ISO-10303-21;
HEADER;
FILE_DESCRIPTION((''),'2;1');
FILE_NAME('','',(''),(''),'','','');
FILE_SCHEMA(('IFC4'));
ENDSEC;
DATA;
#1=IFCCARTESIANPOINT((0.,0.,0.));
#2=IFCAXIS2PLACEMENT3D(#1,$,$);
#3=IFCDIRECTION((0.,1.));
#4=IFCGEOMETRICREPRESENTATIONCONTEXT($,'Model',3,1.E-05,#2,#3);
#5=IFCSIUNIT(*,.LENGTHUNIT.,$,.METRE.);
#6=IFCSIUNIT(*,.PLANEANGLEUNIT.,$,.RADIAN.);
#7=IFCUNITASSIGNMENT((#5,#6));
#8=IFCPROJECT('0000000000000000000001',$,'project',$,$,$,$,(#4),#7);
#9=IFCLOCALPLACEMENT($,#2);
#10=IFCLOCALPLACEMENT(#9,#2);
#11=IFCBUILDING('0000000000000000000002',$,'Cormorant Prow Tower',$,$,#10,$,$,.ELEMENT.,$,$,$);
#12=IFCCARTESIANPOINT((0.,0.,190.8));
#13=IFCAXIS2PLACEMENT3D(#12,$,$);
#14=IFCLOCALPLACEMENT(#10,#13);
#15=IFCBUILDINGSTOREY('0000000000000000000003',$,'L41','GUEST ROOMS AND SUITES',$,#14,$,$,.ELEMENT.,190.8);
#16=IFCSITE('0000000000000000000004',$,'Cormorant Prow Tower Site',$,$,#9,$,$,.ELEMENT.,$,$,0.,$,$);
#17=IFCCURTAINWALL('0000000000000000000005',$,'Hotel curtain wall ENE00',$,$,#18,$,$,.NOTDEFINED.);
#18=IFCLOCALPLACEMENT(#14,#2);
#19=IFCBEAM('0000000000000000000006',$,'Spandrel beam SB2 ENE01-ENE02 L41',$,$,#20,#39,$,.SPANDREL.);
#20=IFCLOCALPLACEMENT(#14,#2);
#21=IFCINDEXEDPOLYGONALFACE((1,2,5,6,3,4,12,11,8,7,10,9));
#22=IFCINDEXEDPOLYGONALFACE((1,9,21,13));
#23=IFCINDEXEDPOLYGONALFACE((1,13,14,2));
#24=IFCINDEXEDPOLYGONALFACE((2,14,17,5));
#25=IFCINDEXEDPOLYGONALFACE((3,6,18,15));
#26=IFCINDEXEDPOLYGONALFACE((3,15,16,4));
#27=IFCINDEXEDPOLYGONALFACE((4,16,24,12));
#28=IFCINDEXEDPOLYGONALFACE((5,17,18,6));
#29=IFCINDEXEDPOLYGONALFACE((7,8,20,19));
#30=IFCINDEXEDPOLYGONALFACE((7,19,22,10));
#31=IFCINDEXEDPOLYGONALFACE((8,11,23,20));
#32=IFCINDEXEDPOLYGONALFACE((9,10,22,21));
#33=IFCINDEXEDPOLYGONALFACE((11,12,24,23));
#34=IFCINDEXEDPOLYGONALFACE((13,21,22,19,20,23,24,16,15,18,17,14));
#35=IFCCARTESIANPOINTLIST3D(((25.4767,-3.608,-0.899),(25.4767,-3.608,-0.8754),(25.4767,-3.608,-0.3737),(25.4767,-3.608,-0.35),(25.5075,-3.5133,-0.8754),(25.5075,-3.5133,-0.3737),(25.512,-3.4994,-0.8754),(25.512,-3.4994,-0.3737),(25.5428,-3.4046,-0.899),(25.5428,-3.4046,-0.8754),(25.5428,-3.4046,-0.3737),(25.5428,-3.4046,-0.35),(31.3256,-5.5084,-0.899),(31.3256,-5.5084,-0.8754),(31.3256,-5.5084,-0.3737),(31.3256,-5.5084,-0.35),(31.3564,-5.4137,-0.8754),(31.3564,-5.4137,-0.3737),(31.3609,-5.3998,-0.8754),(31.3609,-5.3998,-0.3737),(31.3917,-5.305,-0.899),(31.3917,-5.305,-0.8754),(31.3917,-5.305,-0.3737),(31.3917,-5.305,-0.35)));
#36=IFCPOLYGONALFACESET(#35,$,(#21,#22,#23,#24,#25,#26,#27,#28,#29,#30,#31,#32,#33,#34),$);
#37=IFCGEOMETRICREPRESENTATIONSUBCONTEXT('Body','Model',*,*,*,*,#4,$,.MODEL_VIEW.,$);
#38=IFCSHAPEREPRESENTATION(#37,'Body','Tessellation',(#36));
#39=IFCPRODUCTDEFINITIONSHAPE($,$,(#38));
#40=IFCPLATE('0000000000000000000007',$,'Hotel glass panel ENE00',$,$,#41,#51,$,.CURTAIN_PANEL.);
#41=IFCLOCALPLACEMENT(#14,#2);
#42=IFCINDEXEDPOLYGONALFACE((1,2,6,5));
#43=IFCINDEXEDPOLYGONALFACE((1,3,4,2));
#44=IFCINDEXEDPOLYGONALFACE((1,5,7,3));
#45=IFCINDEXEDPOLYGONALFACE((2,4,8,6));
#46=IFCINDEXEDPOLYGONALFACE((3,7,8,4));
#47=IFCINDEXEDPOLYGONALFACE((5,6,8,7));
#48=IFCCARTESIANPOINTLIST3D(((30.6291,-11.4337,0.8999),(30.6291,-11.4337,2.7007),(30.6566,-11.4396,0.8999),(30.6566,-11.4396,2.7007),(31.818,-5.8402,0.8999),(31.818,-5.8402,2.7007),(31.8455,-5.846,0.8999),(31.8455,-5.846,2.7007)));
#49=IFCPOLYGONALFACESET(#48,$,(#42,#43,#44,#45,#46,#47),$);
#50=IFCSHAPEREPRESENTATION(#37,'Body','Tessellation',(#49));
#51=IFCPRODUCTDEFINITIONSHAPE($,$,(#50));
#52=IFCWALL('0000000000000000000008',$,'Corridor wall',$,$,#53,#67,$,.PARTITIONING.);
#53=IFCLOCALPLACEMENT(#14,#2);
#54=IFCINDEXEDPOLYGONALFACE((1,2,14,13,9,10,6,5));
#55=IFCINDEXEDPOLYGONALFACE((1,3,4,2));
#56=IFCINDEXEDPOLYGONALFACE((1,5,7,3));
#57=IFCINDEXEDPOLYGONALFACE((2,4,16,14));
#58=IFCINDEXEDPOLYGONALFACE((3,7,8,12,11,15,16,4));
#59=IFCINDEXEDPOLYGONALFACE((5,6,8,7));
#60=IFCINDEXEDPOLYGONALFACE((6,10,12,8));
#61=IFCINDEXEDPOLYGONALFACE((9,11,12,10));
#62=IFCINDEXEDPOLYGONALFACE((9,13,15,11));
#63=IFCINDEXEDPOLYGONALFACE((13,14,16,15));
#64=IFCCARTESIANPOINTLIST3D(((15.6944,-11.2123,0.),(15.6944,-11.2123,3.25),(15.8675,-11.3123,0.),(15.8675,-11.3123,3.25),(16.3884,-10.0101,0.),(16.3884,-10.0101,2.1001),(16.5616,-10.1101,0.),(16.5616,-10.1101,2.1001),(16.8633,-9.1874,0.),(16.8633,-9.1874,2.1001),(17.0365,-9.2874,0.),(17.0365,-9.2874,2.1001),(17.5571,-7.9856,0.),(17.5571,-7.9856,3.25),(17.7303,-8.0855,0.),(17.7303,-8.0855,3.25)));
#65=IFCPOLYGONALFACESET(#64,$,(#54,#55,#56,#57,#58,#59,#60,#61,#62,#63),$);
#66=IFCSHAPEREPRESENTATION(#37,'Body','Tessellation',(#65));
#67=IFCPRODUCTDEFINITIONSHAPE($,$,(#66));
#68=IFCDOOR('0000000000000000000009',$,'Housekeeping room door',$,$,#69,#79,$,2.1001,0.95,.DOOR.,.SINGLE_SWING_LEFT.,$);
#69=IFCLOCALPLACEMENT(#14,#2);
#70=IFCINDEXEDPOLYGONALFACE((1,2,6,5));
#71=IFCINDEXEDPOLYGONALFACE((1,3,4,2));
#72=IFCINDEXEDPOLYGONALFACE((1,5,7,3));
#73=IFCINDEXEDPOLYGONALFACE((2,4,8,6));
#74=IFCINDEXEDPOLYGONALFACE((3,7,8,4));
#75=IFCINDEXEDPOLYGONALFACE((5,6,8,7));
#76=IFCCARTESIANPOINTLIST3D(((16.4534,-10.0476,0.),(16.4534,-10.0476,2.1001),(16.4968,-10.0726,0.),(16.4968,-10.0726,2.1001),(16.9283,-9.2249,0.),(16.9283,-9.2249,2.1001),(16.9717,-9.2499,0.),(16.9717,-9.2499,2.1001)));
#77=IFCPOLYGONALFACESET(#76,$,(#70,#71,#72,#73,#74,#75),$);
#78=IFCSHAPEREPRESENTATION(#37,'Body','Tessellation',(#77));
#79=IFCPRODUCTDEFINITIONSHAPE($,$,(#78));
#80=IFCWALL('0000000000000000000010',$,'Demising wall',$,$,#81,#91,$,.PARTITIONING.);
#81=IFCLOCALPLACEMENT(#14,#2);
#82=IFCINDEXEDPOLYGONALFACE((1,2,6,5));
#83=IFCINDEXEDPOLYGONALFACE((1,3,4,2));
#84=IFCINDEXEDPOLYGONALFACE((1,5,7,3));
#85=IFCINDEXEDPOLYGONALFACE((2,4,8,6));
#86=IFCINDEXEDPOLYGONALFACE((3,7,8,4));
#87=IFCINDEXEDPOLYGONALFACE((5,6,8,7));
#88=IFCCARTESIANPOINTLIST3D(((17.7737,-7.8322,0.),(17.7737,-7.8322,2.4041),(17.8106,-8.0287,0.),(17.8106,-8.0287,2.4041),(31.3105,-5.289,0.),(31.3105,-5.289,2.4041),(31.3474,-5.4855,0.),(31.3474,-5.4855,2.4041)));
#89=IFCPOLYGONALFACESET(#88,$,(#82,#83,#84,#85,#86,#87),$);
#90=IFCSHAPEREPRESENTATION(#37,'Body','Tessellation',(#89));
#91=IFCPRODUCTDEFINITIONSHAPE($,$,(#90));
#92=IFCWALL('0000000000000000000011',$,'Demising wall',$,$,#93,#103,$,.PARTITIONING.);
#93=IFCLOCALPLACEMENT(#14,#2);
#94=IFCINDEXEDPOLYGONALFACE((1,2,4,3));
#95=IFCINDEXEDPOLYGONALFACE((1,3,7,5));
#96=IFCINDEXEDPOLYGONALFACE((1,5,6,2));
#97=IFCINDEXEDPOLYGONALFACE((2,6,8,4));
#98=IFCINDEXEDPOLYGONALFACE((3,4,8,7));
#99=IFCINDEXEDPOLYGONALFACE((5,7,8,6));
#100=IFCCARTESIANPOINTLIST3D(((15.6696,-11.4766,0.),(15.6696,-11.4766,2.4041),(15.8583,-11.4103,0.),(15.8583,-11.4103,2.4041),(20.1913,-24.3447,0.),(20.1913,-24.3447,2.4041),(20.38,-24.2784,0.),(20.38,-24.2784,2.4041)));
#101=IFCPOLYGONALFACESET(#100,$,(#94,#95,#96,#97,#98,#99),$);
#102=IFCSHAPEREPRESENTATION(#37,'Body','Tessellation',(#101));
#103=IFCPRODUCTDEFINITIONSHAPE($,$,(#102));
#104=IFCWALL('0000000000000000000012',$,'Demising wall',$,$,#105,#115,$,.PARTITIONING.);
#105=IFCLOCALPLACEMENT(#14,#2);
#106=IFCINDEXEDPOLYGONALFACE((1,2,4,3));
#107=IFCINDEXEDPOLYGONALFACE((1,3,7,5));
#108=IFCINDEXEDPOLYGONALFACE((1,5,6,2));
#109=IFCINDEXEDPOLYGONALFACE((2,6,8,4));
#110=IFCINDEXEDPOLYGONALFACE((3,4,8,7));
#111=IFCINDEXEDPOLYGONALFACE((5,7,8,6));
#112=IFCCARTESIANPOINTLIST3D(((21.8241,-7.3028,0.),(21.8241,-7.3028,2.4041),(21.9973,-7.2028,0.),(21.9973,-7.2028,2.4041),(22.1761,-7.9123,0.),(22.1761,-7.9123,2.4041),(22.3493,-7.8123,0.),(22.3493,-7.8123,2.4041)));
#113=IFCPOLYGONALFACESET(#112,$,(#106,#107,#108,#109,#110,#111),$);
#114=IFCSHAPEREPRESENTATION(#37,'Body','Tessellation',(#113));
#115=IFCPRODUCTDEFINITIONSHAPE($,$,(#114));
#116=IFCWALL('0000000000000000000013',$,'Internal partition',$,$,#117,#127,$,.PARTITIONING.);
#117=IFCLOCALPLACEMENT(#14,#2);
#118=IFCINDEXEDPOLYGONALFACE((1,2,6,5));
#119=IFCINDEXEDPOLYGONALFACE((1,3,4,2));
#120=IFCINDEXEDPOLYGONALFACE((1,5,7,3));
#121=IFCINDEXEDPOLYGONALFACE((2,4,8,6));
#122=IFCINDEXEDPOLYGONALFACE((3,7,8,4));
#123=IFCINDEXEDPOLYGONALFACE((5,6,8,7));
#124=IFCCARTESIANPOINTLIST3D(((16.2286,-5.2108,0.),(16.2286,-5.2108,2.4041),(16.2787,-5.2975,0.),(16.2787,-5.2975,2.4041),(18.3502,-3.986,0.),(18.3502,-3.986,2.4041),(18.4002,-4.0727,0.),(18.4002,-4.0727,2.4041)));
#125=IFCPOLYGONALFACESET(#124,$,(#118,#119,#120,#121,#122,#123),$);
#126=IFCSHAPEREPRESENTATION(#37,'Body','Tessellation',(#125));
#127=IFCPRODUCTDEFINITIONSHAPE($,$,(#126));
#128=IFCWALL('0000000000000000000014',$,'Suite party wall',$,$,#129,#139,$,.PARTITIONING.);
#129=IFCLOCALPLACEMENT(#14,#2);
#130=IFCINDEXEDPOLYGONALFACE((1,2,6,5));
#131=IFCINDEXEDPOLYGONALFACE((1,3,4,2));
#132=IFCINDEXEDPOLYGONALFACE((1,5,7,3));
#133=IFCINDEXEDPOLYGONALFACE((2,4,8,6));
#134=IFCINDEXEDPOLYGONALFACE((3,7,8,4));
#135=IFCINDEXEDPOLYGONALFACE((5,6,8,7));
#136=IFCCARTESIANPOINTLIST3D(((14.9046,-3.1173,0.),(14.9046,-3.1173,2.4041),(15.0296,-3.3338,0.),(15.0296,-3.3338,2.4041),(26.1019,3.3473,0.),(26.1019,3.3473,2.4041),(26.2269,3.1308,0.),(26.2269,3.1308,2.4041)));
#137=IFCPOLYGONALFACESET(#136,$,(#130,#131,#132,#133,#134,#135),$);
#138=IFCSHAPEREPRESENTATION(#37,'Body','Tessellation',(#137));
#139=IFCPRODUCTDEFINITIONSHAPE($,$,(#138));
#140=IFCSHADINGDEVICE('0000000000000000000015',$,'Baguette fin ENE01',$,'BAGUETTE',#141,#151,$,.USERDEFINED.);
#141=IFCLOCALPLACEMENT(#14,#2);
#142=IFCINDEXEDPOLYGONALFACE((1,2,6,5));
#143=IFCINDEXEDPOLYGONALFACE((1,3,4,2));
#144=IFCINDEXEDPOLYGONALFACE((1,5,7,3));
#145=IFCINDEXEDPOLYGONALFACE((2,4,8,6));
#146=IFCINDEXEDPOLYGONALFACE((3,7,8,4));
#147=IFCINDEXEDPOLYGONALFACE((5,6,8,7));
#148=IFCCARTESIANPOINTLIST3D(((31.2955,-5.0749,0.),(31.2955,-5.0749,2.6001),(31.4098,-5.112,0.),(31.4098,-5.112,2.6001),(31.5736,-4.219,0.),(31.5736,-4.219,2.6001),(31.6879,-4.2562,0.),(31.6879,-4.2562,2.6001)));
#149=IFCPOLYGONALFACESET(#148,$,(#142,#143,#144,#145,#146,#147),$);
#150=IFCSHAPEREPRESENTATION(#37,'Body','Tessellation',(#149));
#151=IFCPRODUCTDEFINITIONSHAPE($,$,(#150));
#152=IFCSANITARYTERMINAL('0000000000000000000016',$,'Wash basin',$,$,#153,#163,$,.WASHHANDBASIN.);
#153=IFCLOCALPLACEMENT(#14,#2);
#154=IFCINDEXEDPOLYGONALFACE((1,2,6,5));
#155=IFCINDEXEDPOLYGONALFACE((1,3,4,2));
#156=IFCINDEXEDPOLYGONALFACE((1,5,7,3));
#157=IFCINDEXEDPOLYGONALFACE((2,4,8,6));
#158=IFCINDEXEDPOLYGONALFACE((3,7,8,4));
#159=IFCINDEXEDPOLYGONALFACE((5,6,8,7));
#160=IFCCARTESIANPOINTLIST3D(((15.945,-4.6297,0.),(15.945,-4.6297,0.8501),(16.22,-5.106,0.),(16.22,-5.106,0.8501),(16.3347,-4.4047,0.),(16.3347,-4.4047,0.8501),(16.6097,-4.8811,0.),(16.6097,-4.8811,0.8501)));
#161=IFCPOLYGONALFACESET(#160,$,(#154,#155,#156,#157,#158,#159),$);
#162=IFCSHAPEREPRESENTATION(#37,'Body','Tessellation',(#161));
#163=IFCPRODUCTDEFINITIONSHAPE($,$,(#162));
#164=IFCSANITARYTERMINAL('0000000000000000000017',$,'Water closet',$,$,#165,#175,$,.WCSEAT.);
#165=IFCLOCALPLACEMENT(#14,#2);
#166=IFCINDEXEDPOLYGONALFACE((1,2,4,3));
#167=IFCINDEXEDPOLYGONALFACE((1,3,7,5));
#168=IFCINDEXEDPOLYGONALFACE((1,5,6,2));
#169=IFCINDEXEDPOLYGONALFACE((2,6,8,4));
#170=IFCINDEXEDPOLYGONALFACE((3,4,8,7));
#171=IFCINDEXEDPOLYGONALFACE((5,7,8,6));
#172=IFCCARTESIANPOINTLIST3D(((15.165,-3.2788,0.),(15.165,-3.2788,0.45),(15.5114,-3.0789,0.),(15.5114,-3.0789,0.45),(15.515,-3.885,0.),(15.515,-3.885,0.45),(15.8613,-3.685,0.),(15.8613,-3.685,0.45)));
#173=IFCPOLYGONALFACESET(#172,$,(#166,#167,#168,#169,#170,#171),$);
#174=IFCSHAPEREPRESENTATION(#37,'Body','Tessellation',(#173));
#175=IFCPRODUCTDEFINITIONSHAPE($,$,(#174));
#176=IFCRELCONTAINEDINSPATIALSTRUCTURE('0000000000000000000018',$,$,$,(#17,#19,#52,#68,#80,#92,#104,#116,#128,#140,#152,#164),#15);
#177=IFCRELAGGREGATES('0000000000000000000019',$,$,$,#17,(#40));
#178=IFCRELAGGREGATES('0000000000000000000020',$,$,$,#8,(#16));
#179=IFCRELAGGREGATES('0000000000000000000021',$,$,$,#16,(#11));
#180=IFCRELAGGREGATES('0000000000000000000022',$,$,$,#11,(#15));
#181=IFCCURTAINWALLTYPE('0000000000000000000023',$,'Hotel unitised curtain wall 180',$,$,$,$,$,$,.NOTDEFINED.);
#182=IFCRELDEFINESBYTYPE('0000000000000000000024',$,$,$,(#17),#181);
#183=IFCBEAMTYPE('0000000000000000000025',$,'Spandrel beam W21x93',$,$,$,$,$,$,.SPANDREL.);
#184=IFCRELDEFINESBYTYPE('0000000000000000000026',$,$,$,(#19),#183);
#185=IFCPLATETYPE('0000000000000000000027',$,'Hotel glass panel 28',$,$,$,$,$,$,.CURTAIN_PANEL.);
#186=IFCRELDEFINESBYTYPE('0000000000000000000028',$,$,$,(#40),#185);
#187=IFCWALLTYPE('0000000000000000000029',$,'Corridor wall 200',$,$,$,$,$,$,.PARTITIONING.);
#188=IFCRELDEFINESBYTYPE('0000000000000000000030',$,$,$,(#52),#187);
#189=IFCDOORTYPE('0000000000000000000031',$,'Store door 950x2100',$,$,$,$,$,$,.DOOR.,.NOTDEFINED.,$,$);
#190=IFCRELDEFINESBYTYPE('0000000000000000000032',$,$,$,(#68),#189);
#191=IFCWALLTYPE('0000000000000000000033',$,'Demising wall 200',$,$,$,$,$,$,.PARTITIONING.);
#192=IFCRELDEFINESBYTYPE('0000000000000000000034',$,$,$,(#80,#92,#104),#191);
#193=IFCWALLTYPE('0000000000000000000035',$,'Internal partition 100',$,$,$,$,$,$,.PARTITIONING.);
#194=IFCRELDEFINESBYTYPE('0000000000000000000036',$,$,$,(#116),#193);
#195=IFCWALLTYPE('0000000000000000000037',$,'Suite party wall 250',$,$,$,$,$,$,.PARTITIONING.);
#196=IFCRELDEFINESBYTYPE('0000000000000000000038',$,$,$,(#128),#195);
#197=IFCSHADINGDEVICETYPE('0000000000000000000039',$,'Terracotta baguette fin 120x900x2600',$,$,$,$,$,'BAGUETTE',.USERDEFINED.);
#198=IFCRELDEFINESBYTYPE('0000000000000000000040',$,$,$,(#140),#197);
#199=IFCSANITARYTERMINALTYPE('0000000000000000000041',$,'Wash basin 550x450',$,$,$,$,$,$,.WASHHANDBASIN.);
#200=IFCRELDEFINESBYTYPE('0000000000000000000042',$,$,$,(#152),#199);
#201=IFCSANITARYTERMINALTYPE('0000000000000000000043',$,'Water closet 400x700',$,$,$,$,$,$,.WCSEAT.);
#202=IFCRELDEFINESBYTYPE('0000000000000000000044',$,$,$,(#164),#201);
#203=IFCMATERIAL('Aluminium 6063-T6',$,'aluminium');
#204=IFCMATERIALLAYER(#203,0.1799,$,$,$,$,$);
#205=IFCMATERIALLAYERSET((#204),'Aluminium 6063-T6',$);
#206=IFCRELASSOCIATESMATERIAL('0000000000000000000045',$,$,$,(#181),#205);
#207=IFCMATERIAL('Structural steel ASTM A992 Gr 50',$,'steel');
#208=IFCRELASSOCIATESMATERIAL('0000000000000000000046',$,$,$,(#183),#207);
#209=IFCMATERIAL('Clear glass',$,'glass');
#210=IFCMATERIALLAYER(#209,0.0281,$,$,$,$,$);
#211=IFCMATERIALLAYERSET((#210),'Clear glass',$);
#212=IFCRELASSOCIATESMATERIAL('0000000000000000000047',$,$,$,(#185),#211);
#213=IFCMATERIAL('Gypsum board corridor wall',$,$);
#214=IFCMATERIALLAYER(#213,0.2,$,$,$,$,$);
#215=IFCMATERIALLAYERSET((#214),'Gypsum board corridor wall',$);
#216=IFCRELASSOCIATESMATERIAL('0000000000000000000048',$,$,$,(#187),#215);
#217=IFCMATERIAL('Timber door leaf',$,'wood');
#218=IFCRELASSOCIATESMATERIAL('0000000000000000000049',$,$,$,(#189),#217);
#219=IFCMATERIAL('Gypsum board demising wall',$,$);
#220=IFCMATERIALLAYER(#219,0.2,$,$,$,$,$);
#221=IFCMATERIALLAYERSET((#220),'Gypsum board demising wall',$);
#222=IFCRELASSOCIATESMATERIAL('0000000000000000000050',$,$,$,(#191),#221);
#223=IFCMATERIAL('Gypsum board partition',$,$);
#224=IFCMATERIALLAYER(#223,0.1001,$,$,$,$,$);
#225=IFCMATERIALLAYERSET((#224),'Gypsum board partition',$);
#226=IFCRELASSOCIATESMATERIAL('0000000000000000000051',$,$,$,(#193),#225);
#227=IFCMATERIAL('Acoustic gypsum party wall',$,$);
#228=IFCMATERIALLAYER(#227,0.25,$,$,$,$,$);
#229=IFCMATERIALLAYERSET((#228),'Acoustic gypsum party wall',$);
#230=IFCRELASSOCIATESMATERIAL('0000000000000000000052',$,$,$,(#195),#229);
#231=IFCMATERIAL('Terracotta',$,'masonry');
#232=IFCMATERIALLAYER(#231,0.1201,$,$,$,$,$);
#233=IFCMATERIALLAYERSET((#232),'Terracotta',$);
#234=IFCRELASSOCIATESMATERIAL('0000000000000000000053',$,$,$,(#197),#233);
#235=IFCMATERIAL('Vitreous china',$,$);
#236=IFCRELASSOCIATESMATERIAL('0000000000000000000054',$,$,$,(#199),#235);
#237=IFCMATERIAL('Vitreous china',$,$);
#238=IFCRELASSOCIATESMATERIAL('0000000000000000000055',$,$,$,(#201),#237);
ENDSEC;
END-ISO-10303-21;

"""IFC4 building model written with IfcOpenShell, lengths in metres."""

from ifc_helpers import new_model, si_unit, direction, frame, frame_2d, origin, origin_2d, place, context, subcontext, project, spatial, rectangle, i_section, extrude, material, layer, layer_set, material_profile, profile_set, type_object, element, fill, aggregate, save


model = new_model("IFC4")

# Units and contexts
model_context = context("Model", 3, precision=1e-05, world=origin(), true_north=direction((0.0, 1.0)))
body_context = subcontext(model_context, "Body", "Model", "MODEL_VIEW")
ifc_project = project(units=[si_unit("LENGTHUNIT", "METRE"), si_unit("PLANEANGLEUNIT", "RADIAN")], contexts=[model_context])

# Site, building, storey
site_placement = place(None, origin())
site = spatial("IfcSite", under=ifc_project, at=site_placement, Name="Cormorant Prow Tower Site", CompositionType="ELEMENT", RefElevation=0.0)
building_placement = place(site_placement, origin())
building = spatial("IfcBuilding", under=site, at=building_placement, Name="Cormorant Prow Tower", CompositionType="ELEMENT")
storey_placement = place(building_placement, frame((0.0, 0.0, 190.8)))
storey = spatial("IfcBuildingStorey", under=building, at=storey_placement, Name="L41", Description="GUEST ROOMS AND SUITES", CompositionType="ELEMENT", Elevation=190.8)

# Curtain wall
ifc_material_1 = material(Name="Aluminium 6063-T6", Category="aluminium")
ifc_layer_1 = layer(ifc_material_1, 0.1799)
ifc_layer_set_1 = layer_set([ifc_layer_1], Name="Aluminium 6063-T6")
curtain_wall_type = type_object("IfcCurtainWallType", Name="Hotel unitised curtain wall 180", PredefinedType="NOTDEFINED", material=ifc_layer_set_1)
curtain_wall_placement = place(storey_placement, origin())
curtain_wall = element("IfcCurtainWall", 1, at=curtain_wall_placement, inside=storey, type_object=curtain_wall_type, Name="Hotel curtain wall ENE00", PredefinedType="NOTDEFINED")

# Beam
ifc_material_2 = material(Name="Structural steel ASTM A992 Gr 50", Category="steel")
ifc_material_profile_1 = material_profile(ifc_material_2, i_section(OverallWidth=0.2139, OverallDepth=0.5491, WebThickness=0.0146, FlangeThickness=0.0237, at=origin_2d()), Name="W21x93")
ifc_profile_set_1 = profile_set([ifc_material_profile_1], Name="Structural steel ASTM A992 Gr 50")
beam_type_1 = type_object("IfcBeamType", Name="Spandrel beam W21x93", PredefinedType="SPANDREL", material=ifc_profile_set_1)
beam_1_placement = place(storey_placement, frame((31.3586, -5.4067, -0.6245), z_axis=(-0.951058, 0.309013, 0.0), x_axis=(-0.309013, -0.951058, 0.0)))
element("IfcBeam", 2, at=beam_1_placement, inside=storey, type_object=beam_type_1, Name="Spandrel beam SB2 ENE01-ENE02 L41", PredefinedType="SPANDREL", context=body_context, shape_type="SweptSolid", body=[
    extrude(i_section(OverallWidth=0.2139, OverallDepth=0.5491, WebThickness=0.0146, FlangeThickness=0.0237, at=origin_2d()), origin(), (0.0, 0.0, 1.0), 6.1499),
])

# Plate
ifc_material_3 = material(Name="Clear glass", Category="glass")
ifc_layer_2 = layer(ifc_material_3, 0.0281)
ifc_layer_set_2 = layer_set([ifc_layer_2], Name="Clear glass")
plate_type = type_object("IfcPlateType", Name="Hotel glass panel 28", PredefinedType="CURTAIN_PANEL", material=ifc_layer_set_2)
plate_placement = place(storey_placement, frame((31.2373, -8.6399, 0.8999), z_axis=(0.0, 0.0, 1.0), x_axis=(0.207912, 0.978148, 0.0)))
plate = element("IfcPlate", 3, at=plate_placement, type_object=plate_type, Name="Hotel glass panel ENE00", PredefinedType="CURTAIN_PANEL", context=body_context, shape_type="SweptSolid", body=[
    extrude(rectangle(XDim=5.7185, YDim=0.0281, at=origin_2d()), origin(), (0.0, 0.0, 1.0), 1.8008),
])
aggregate(curtain_wall, [plate])

# Wall, opening, door
ifc_material_4 = material(Name="Gypsum board corridor wall")
ifc_layer_3 = layer(ifc_material_4, 0.2)
ifc_layer_set_3 = layer_set([ifc_layer_3], Name="Gypsum board corridor wall")
wall_type_1 = type_object("IfcWallType", Name="Corridor wall 200", PredefinedType="PARTITIONING", material=ifc_layer_set_3)
wall_1_placement = place(storey_placement, frame((15.781, -11.2622, 0.0), z_axis=(0.0, 0.0, 1.0), x_axis=(0.499959, 0.866049, 0.0)))
wall_1 = element("IfcWall", 4, at=wall_1_placement, inside=storey, type_object=wall_type_1, Name="Corridor wall", PredefinedType="PARTITIONING", context=body_context, shape_type="SweptSolid", body=[
    extrude(rectangle(XDim=3.7258, YDim=0.2, at=frame_2d((1.8628, 0.0))), origin(), (0.0, 0.0, 1.0), 3.25),
])
opening_1_placement = place(wall_1_placement, frame((1.3879, 0.0, 0.0)))
opening_1 = element("IfcOpeningElement", 5, at=opening_1_placement, cuts=wall_1, PredefinedType="OPENING", context=body_context, shape_type="SweptSolid", body=[
    extrude(rectangle(XDim=0.95, YDim=2.1001, at=frame_2d((0.4751, 1.05))), frame((0.0, 0.1099, 0.0), z_axis=(0.0, -1.0, 0.0), x_axis=(1.0, 0.0, 0.0)), (0.0, 0.0, 1.0), 0.22),
])
ifc_material_5 = material(Name="Timber door leaf", Category="wood")
door_type_1 = type_object("IfcDoorType", Name="Store door 950x2100", OperationType="NOTDEFINED", PredefinedType="DOOR", material=ifc_material_5)
door_1_placement = place(opening_1_placement, origin())
door_1 = element("IfcDoor", 6, at=door_1_placement, inside=storey, type_object=door_type_1, Name="Housekeeping room door", OperationType="SINGLE_SWING_LEFT", OverallHeight=2.1001, OverallWidth=0.95, PredefinedType="DOOR", context=body_context, shape_type="SweptSolid", body=[
    extrude(rectangle(XDim=0.95, YDim=2.1001, at=frame_2d((0.4751, 1.05))), frame((0.0, 0.0249, 0.0), z_axis=(0.0, -1.0, 0.0), x_axis=(1.0, 0.0, 0.0)), (0.0, 0.0, 1.0), 0.05),
])
fill(opening_1, door_1)

# Walls
ifc_material_6 = material(Name="Gypsum board demising wall")
ifc_layer_4 = layer(ifc_material_6, 0.2)
ifc_layer_set_4 = layer_set([ifc_layer_4], Name="Gypsum board demising wall")
wall_type_2 = type_object("IfcWallType", Name="Demising wall 200", PredefinedType="PARTITIONING", material=ifc_layer_set_4)
wall_2_placement = place(storey_placement, frame((17.7922, -7.9304, 0.0), z_axis=(0.0, 0.0, 1.0), x_axis=(0.982806, 0.184643, 0.0)))
element("IfcWall", 7, at=wall_2_placement, inside=storey, type_object=wall_type_2, Name="Demising wall", PredefinedType="PARTITIONING", context=body_context, shape_type="SweptSolid", body=[
    extrude(rectangle(XDim=13.7737, YDim=0.2, at=frame_2d((6.8867, 0.0))), origin(), (0.0, 0.0, 1.0), 2.4041),
])
wall_3_placement = place(storey_placement, frame((15.7639, -11.4434, 0.0), z_axis=(0.0, 0.0, 1.0), x_axis=(0.331517, -0.943449, 0.0)))
element("IfcWall", 8, at=wall_3_placement, inside=storey, type_object=wall_type_2, Name="Demising wall", PredefinedType="PARTITIONING", context=body_context, shape_type="SweptSolid", body=[
    extrude(rectangle(XDim=13.6394, YDim=0.2, at=frame_2d((6.8198, 0.0))), origin(), (0.0, 0.0, 1.0), 2.4041),
])
wall_4_placement = place(storey_placement, frame((21.9106, -7.2527, 0.0), z_axis=(0.0, 0.0, 1.0), x_axis=(0.500093, -0.865972, 0.0)))
element("IfcWall", 9, at=wall_4_placement, inside=storey, type_object=wall_type_2, Name="Demising wall", PredefinedType="PARTITIONING", context=body_context, shape_type="SweptSolid", body=[
    extrude(rectangle(XDim=0.7039, YDim=0.2, at=frame_2d((0.3521, 0.0))), origin(), (0.0, 0.0, 1.0), 2.4041),
])
ifc_material_7 = material(Name="Gypsum board partition")
ifc_layer_5 = layer(ifc_material_7, 0.1001)
ifc_layer_set_5 = layer_set([ifc_layer_5], Name="Gypsum board partition")
wall_type_3 = type_object("IfcWallType", Name="Internal partition 100", PredefinedType="PARTITIONING", material=ifc_layer_set_5)
wall_5_placement = place(storey_placement, frame((16.2537, -5.2542, 0.0), z_axis=(0.0, 0.0, 1.0), x_axis=(0.866033, 0.499987, 0.0)))
element("IfcWall", 10, at=wall_5_placement, inside=storey, type_object=wall_type_3, Name="Internal partition", PredefinedType="PARTITIONING", context=body_context, shape_type="SweptSolid", body=[
    extrude(rectangle(XDim=2.4497, YDim=0.1001, at=frame_2d((1.2249, 0.0))), origin(), (0.0, 0.0, 1.0), 2.4041),
])
ifc_material_8 = material(Name="Acoustic gypsum party wall")
ifc_layer_6 = layer(ifc_material_8, 0.25)
ifc_layer_set_6 = layer_set([ifc_layer_6], Name="Acoustic gypsum party wall")
wall_type_4 = type_object("IfcWallType", Name="Suite party wall 250", PredefinedType="PARTITIONING", material=ifc_layer_set_6)
wall_6_placement = place(storey_placement, frame((14.967, -3.2256, 0.0), z_axis=(0.0, 0.0, 1.0), x_axis=(0.86603, 0.499992, 0.0)))
element("IfcWall", 11, at=wall_6_placement, inside=storey, type_object=wall_type_4, Name="Suite party wall", PredefinedType="PARTITIONING", context=body_context, shape_type="SweptSolid", body=[
    extrude(rectangle(XDim=12.9294, YDim=0.25, at=frame_2d((6.4648, 0.0))), origin(), (0.0, 0.0, 1.0), 2.4041),
])

# Shading device
ifc_material_9 = material(Name="Terracotta", Category="masonry")
ifc_layer_7 = layer(ifc_material_9, 0.1201)
ifc_layer_set_7 = layer_set([ifc_layer_7], Name="Terracotta")
shading_device_type = type_object("IfcShadingDeviceType", Name="Terracotta baguette fin 120x900x2600", ElementType="BAGUETTE", PredefinedType="USERDEFINED", material=ifc_layer_set_7)
shading_device_placement = place(storey_placement, frame((31.4917, -4.6655, 0.0), z_axis=(0.0, 0.0, 1.0), x_axis=(-0.951056, 0.309017, 0.0)))
element("IfcShadingDevice", 12, at=shading_device_placement, inside=storey, type_object=shading_device_type, Name="Baguette fin ENE01", ObjectType="BAGUETTE", PredefinedType="USERDEFINED", context=body_context, shape_type="SweptSolid", body=[
    extrude(rectangle(XDim=0.1201, YDim=0.8999, at=origin_2d()), origin(), (0.0, 0.0, 1.0), 2.6001),
])

# Sanitary terminals
ifc_material_10 = material(Name="Vitreous china")
sanitary_terminal_type_1 = type_object("IfcSanitaryTerminalType", Name="Wash basin 550x450", PredefinedType="WASHHANDBASIN", material=ifc_material_10)
sanitary_terminal_1_placement = place(storey_placement, frame((16.2773, -4.7554, 0.0), z_axis=(0.0, 0.0, 1.0), x_axis=(-0.5, 0.866025, 0.0)))
element("IfcSanitaryTerminal", 13, at=sanitary_terminal_1_placement, inside=storey, type_object=sanitary_terminal_type_1, Name="Wash basin", PredefinedType="WASHHANDBASIN", context=body_context, shape_type="SweptSolid", body=[
    extrude(rectangle(XDim=0.55, YDim=0.45, at=origin_2d()), origin(), (0.0, 0.0, 1.0), 0.8501),
])
ifc_material_11 = material(Name="Vitreous china")
sanitary_terminal_type_2 = type_object("IfcSanitaryTerminalType", Name="Water closet 400x700", PredefinedType="WCSEAT", material=ifc_material_11)
sanitary_terminal_2_placement = place(storey_placement, frame((15.5132, -3.4819, 0.0), z_axis=(0.0, 0.0, 1.0), x_axis=(0.866025, 0.5, 0.0)))
element("IfcSanitaryTerminal", 14, at=sanitary_terminal_2_placement, inside=storey, type_object=sanitary_terminal_type_2, Name="Water closet", PredefinedType="WCSEAT", context=body_context, shape_type="SweptSolid", body=[
    extrude(rectangle(XDim=0.3999, YDim=0.7, at=origin_2d()), origin(), (0.0, 0.0, 1.0), 0.45),
])

save(model, "model.ifc")
